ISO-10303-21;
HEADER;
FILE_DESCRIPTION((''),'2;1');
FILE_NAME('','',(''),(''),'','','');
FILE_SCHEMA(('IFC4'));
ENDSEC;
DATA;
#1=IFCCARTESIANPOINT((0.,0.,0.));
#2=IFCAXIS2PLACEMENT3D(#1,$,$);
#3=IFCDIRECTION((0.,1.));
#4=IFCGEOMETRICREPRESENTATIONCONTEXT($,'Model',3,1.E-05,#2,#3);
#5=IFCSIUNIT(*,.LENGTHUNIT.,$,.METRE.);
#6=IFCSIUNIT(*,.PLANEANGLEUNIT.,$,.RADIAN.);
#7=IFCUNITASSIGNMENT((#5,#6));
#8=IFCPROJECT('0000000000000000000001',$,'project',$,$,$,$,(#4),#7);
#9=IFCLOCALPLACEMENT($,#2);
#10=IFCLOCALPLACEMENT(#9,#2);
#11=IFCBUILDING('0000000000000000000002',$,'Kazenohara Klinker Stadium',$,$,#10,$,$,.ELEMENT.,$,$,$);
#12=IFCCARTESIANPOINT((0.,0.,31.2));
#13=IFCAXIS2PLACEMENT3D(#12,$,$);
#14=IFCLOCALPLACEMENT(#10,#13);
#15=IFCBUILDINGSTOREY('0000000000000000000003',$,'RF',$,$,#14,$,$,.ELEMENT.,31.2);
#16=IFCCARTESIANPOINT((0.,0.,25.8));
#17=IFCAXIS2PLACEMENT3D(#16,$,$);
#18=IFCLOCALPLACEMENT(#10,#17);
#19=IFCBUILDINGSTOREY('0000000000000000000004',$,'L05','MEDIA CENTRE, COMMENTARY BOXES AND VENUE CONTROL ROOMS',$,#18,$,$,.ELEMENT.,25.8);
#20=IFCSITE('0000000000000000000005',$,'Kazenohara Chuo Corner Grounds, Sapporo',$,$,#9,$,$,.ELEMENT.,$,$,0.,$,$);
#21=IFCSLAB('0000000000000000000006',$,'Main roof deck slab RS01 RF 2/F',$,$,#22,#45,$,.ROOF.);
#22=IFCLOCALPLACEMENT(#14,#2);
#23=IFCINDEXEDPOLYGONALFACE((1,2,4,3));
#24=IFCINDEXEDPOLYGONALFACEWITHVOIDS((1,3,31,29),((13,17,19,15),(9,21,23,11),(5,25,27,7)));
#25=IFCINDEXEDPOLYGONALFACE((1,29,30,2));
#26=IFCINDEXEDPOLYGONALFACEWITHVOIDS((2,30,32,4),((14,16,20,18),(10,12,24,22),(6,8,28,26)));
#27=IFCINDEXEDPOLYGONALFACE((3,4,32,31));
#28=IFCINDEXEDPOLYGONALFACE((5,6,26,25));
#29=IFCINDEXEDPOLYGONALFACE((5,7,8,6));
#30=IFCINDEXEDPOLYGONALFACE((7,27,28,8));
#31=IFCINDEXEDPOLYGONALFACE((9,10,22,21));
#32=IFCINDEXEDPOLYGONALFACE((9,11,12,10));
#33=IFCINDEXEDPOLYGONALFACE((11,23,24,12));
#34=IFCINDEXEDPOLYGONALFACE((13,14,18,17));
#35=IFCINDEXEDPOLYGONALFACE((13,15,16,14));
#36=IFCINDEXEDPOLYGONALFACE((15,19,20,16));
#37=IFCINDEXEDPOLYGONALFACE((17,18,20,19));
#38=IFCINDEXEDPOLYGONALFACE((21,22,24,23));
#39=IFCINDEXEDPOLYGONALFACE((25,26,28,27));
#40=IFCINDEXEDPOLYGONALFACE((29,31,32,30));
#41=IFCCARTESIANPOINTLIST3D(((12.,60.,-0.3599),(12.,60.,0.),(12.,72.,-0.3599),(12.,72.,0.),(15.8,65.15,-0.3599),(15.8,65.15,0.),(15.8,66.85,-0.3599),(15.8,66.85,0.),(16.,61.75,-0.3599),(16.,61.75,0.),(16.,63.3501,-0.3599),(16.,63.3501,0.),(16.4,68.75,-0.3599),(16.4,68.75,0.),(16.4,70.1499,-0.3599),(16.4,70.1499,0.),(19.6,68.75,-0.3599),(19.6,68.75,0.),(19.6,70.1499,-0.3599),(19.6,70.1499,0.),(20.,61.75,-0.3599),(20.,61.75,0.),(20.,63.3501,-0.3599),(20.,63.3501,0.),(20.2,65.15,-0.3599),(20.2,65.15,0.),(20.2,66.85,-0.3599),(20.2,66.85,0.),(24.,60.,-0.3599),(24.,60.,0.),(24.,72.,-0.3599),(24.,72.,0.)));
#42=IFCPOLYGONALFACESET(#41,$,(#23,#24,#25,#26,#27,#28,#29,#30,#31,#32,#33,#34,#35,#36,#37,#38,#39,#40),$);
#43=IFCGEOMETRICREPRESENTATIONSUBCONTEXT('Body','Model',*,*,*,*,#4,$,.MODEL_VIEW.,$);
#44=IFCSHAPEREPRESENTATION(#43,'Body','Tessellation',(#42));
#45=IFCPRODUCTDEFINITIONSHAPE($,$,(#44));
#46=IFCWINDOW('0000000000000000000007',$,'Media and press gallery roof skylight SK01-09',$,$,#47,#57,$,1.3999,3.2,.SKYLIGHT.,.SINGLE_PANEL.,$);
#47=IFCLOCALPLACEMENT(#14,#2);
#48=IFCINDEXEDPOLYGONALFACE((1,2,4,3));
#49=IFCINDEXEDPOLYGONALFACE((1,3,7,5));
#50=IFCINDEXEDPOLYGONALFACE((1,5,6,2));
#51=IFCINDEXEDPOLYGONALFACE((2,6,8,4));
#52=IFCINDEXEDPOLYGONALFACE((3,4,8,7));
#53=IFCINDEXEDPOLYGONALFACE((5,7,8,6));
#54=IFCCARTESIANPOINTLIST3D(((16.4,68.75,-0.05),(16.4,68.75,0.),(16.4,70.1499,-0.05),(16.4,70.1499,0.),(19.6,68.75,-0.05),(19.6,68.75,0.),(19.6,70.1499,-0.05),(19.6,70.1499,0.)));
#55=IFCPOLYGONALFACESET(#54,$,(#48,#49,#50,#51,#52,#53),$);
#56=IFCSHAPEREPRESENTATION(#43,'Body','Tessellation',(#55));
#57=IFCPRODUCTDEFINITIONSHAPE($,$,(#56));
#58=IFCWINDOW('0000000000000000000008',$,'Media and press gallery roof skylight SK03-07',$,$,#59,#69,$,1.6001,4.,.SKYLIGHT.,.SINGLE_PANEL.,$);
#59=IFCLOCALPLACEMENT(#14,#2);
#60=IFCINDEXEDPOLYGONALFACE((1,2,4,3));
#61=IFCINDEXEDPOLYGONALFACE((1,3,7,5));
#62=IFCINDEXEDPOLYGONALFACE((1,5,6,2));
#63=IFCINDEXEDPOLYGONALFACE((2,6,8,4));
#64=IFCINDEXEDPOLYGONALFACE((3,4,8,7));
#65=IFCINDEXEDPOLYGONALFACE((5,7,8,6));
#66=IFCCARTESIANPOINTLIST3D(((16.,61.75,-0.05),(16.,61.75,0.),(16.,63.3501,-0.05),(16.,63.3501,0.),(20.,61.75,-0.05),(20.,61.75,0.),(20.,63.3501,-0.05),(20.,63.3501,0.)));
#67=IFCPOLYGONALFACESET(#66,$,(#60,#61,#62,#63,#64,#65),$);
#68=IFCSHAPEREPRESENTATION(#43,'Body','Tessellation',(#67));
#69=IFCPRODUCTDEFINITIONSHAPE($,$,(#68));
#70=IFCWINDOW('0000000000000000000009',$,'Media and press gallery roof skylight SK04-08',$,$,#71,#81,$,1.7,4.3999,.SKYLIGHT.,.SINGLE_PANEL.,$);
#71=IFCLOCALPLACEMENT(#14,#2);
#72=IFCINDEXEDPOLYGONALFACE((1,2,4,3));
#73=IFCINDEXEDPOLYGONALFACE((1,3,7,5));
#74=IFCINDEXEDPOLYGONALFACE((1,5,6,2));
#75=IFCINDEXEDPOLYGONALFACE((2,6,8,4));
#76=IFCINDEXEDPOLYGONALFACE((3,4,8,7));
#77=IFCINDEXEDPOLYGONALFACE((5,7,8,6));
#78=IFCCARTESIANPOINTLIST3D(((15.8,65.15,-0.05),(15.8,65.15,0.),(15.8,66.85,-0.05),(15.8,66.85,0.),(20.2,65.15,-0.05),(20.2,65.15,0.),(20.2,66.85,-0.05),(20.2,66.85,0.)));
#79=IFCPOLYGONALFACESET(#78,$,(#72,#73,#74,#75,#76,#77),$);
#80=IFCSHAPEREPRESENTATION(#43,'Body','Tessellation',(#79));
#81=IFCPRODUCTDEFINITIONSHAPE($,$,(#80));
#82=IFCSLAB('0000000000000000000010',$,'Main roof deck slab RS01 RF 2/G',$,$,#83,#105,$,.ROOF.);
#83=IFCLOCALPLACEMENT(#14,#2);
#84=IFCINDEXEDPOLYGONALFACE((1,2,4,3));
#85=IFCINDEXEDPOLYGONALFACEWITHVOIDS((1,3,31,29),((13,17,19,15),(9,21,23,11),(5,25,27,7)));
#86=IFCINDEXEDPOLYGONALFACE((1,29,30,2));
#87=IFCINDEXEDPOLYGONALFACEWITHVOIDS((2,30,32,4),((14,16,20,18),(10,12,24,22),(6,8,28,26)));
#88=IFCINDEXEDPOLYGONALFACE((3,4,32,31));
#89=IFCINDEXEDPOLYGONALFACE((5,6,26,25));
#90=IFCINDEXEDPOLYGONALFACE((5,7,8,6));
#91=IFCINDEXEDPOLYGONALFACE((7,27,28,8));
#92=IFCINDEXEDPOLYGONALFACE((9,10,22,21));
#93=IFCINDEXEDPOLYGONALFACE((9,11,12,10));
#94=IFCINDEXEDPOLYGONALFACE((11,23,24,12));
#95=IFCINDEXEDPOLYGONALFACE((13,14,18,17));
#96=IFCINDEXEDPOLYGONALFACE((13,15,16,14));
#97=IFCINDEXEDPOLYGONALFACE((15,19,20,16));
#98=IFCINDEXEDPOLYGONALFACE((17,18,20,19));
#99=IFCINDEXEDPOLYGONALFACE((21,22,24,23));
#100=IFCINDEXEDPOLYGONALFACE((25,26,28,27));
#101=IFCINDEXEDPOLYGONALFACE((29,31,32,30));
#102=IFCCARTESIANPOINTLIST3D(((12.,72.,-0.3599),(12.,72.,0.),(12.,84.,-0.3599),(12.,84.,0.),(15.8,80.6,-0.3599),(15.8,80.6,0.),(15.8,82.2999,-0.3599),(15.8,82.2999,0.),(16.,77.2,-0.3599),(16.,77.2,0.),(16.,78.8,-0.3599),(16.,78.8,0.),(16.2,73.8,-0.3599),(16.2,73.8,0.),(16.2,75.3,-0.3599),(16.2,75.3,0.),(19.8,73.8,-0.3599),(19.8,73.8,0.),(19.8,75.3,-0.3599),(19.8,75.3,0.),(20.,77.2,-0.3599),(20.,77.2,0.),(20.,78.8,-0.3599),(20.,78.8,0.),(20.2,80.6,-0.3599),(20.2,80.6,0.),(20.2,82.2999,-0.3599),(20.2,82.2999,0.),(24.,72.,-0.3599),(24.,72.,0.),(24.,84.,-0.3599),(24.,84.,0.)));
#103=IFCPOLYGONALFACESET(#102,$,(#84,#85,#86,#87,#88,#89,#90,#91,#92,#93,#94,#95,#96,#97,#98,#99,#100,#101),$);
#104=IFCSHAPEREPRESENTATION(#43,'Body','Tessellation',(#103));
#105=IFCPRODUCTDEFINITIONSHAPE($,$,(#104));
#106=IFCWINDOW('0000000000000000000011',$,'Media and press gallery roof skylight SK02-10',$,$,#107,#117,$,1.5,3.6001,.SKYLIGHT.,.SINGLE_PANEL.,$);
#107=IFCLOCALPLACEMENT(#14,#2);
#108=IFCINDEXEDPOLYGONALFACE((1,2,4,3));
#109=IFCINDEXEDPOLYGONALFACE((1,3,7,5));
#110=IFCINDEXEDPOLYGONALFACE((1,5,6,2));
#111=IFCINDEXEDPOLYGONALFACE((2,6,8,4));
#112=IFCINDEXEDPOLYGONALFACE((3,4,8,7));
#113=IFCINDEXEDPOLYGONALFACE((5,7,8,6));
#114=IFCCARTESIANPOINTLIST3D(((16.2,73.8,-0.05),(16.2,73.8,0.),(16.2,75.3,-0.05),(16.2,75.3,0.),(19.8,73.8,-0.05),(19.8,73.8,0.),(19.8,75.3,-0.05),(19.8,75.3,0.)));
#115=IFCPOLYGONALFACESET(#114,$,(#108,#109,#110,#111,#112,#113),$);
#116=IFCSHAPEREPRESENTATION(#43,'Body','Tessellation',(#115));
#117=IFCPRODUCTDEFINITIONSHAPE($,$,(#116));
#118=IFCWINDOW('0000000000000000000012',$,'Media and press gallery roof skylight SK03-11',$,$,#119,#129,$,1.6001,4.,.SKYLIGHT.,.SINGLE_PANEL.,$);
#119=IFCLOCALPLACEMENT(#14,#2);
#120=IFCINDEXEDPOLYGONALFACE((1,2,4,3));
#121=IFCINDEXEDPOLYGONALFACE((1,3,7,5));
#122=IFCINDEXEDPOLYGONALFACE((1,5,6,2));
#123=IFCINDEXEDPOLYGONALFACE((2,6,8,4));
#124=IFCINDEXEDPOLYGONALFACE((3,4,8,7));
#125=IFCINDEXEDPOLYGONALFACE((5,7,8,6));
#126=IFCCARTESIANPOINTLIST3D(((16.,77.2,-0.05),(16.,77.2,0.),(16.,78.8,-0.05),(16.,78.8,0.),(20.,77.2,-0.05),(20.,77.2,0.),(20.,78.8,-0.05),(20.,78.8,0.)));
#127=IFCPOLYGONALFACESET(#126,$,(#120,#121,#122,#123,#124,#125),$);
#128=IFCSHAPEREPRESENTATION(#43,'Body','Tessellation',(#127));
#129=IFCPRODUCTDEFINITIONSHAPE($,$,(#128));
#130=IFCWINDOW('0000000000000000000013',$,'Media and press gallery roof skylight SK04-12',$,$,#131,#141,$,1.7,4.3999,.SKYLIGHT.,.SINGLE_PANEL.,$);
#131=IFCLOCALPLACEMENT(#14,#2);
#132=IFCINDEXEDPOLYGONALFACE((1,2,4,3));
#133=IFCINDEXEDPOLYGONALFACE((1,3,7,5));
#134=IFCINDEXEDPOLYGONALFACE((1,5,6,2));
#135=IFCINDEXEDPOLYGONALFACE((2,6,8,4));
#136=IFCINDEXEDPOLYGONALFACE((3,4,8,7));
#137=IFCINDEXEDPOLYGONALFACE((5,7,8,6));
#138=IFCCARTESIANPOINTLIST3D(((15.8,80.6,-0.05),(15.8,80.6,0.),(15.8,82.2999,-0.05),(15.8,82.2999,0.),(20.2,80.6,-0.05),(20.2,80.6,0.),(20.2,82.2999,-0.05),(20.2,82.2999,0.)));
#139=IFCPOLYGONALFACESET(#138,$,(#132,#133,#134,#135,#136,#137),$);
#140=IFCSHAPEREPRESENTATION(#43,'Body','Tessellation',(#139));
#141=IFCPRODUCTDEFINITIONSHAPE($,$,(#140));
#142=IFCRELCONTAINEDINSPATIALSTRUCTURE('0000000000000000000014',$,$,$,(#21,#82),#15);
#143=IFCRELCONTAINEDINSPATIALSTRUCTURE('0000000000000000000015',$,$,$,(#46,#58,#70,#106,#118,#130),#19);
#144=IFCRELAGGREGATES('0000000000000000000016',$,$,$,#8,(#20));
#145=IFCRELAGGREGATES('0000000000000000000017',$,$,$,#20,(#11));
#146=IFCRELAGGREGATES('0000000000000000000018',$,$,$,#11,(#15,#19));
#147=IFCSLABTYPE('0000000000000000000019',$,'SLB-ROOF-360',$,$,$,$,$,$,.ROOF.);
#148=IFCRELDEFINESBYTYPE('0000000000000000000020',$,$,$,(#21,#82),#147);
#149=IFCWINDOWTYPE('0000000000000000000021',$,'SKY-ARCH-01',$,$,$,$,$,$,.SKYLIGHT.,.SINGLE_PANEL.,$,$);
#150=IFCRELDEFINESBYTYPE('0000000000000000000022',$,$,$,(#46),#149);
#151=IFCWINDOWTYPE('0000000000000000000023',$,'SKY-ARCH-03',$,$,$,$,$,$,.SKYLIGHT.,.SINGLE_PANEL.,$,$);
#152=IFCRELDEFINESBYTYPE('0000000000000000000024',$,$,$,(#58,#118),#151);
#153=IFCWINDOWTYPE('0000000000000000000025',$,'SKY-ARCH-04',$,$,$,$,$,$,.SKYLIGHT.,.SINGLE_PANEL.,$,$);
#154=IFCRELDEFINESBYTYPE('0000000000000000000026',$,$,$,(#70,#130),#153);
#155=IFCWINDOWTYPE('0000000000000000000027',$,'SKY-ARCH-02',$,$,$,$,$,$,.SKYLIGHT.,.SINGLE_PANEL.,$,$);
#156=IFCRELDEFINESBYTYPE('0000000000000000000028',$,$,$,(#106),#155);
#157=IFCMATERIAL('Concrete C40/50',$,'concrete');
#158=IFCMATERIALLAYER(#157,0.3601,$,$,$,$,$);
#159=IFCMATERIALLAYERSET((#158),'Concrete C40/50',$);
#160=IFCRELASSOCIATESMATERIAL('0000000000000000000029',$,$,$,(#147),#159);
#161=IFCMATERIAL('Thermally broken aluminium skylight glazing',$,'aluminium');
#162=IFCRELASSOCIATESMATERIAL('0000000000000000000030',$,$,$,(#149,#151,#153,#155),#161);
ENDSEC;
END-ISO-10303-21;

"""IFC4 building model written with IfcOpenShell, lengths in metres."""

from ifc_helpers import new_model, si_unit, direction, frame, origin, origin_2d, place, context, subcontext, project, spatial, polyline, rectangle, outline, extrude, material, layer, layer_set, type_object, element, fill, save


model = new_model("IFC4")

# Units and contexts
model_context = context("Model", 3, precision=1e-05, world=origin(), true_north=direction((0.0, 1.0)))
body_context = subcontext(model_context, "Body", "Model", "MODEL_VIEW")
ifc_project = project(units=[si_unit("LENGTHUNIT", "METRE"), si_unit("PLANEANGLEUNIT", "RADIAN")], contexts=[model_context])

# Site, building, storey
site_placement = place(None, origin())
site = spatial("IfcSite", under=ifc_project, at=site_placement, Name="Kazenohara Chuo Corner Grounds, Sapporo", CompositionType="ELEMENT", RefElevation=0.0)
building_placement = place(site_placement, origin())
building = spatial("IfcBuilding", under=site, at=building_placement, Name="Kazenohara Klinker Stadium", CompositionType="ELEMENT")
storey_1_placement = place(building_placement, frame((0.0, 0.0, 31.2)))
storey_1 = spatial("IfcBuildingStorey", under=building, at=storey_1_placement, Name="RF", CompositionType="ELEMENT", Elevation=31.2)

# Slab, openings
ifc_material_1 = material(Name="Concrete C40/50", Category="concrete")
ifc_layer = layer(ifc_material_1, 0.3601)
ifc_layer_set = layer_set([ifc_layer], Name="Concrete C40/50")
slab_type = type_object("IfcSlabType", Name="SLB-ROOF-360", PredefinedType="ROOF", material=ifc_layer_set)
slab_1_placement = place(storey_1_placement, frame((0.0, 0.0, -0.3599)))
slab_1 = element("IfcSlab", 1, at=slab_1_placement, inside=storey_1, type_object=slab_type, Name="Main roof deck slab RS01 RF 2/F", PredefinedType="ROOF", context=body_context, shape_type="SweptSolid", body=[
    extrude(outline(polyline([(12.0, 60.0), (24.0, 60.0), (24.0, 72.0), (12.0, 72.0), (12.0, 60.0)])), origin(), (0.0, 0.0, 1.0), 0.3599),
])
opening_1_placement = place(slab_1_placement, frame((18.0, 62.55, 0.0)))
opening_1 = element("IfcOpeningElement", 2, at=opening_1_placement, cuts=slab_1, PredefinedType="OPENING", context=body_context, shape_type="SweptSolid", body=[
    extrude(rectangle(XDim=4.0, YDim=1.6001, at=origin_2d()), origin(), (0.0, 0.0, 1.0), 0.3599),
])
opening_2_placement = place(slab_1_placement, frame((18.0, 66.0, 0.0)))
opening_2 = element("IfcOpeningElement", 3, at=opening_2_placement, cuts=slab_1, PredefinedType="OPENING", context=body_context, shape_type="SweptSolid", body=[
    extrude(rectangle(XDim=4.3999, YDim=1.7, at=origin_2d()), origin(), (0.0, 0.0, 1.0), 0.3599),
])
opening_3_placement = place(slab_1_placement, frame((18.0, 69.45, 0.0)))
opening_3 = element("IfcOpeningElement", 4, at=opening_3_placement, cuts=slab_1, PredefinedType="OPENING", context=body_context, shape_type="SweptSolid", body=[
    extrude(rectangle(XDim=3.2, YDim=1.3999, at=origin_2d()), origin(), (0.0, 0.0, 1.0), 0.3599),
])

# Shared definitions
storey_2_placement = place(building_placement, frame((0.0, 0.0, 25.8)))
storey_2 = spatial("IfcBuildingStorey", under=building, at=storey_2_placement, Name="L05", Description="MEDIA CENTRE, COMMENTARY BOXES AND VENUE CONTROL ROOMS", CompositionType="ELEMENT", Elevation=25.8)

# Windows
ifc_material_2 = material(Name="Thermally broken aluminium skylight glazing", Category="aluminium")
window_type_1 = type_object("IfcWindowType", Name="SKY-ARCH-01", PartitioningType="SINGLE_PANEL", PredefinedType="SKYLIGHT", material=ifc_material_2)
window_1_placement = place(opening_3_placement, frame((0.0, 0.0, 0.3098)))
window_1 = element("IfcWindow", 5, at=window_1_placement, inside=storey_2, type_object=window_type_1, Name="Media and press gallery roof skylight SK01-09", OverallHeight=1.3999, OverallWidth=3.2, PartitioningType="SINGLE_PANEL", PredefinedType="SKYLIGHT", context=body_context, shape_type="SweptSolid", body=[
    extrude(rectangle(XDim=3.2, YDim=1.3999, at=origin_2d()), origin(), (0.0, 0.0, 1.0), 0.05),
])
fill(opening_3, window_1)
window_type_2 = type_object("IfcWindowType", Name="SKY-ARCH-03", PartitioningType="SINGLE_PANEL", PredefinedType="SKYLIGHT", material=ifc_material_2)
window_2_placement = place(opening_1_placement, frame((0.0, 0.0, 0.3098)))
window_2 = element("IfcWindow", 6, at=window_2_placement, inside=storey_2, type_object=window_type_2, Name="Media and press gallery roof skylight SK03-07", OverallHeight=1.6001, OverallWidth=4.0, PartitioningType="SINGLE_PANEL", PredefinedType="SKYLIGHT", context=body_context, shape_type="SweptSolid", body=[
    extrude(rectangle(XDim=4.0, YDim=1.6001, at=origin_2d()), origin(), (0.0, 0.0, 1.0), 0.05),
])
fill(opening_1, window_2)
window_type_3 = type_object("IfcWindowType", Name="SKY-ARCH-04", PartitioningType="SINGLE_PANEL", PredefinedType="SKYLIGHT", material=ifc_material_2)
window_3_placement = place(opening_2_placement, frame((0.0, 0.0, 0.3098)))
window_3 = element("IfcWindow", 7, at=window_3_placement, inside=storey_2, type_object=window_type_3, Name="Media and press gallery roof skylight SK04-08", OverallHeight=1.7, OverallWidth=4.3999, PartitioningType="SINGLE_PANEL", PredefinedType="SKYLIGHT", context=body_context, shape_type="SweptSolid", body=[
    extrude(rectangle(XDim=4.3999, YDim=1.7, at=origin_2d()), origin(), (0.0, 0.0, 1.0), 0.05),
])
fill(opening_2, window_3)

# Slab, openings, windows
slab_2_placement = place(storey_1_placement, frame((0.0, 0.0, -0.3599)))
slab_2 = element("IfcSlab", 8, at=slab_2_placement, inside=storey_1, type_object=slab_type, Name="Main roof deck slab RS01 RF 2/G", PredefinedType="ROOF", context=body_context, shape_type="SweptSolid", body=[
    extrude(outline(polyline([(12.0, 72.0), (24.0, 72.0), (24.0, 84.0), (12.0, 84.0), (12.0, 72.0)])), origin(), (0.0, 0.0, 1.0), 0.3599),
])
opening_4_placement = place(slab_2_placement, frame((18.0, 74.55, 0.0)))
opening_4 = element("IfcOpeningElement", 9, at=opening_4_placement, cuts=slab_2, PredefinedType="OPENING", context=body_context, shape_type="SweptSolid", body=[
    extrude(rectangle(XDim=3.6001, YDim=1.5, at=origin_2d()), origin(), (0.0, 0.0, 1.0), 0.3599),
])
opening_5_placement = place(slab_2_placement, frame((18.0, 78.0, 0.0)))
opening_5 = element("IfcOpeningElement", 10, at=opening_5_placement, cuts=slab_2, PredefinedType="OPENING", context=body_context, shape_type="SweptSolid", body=[
    extrude(rectangle(XDim=4.0, YDim=1.6001, at=origin_2d()), origin(), (0.0, 0.0, 1.0), 0.3599),
])
opening_6_placement = place(slab_2_placement, frame((18.0, 81.45, 0.0)))
opening_6 = element("IfcOpeningElement", 11, at=opening_6_placement, cuts=slab_2, PredefinedType="OPENING", context=body_context, shape_type="SweptSolid", body=[
    extrude(rectangle(XDim=4.3999, YDim=1.7, at=origin_2d()), origin(), (0.0, 0.0, 1.0), 0.3599),
])
window_type_4 = type_object("IfcWindowType", Name="SKY-ARCH-02", PartitioningType="SINGLE_PANEL", PredefinedType="SKYLIGHT", material=ifc_material_2)
window_4_placement = place(opening_4_placement, frame((0.0, 0.0, 0.3098)))
window_4 = element("IfcWindow", 12, at=window_4_placement, inside=storey_2, type_object=window_type_4, Name="Media and press gallery roof skylight SK02-10", OverallHeight=1.5, OverallWidth=3.6001, PartitioningType="SINGLE_PANEL", PredefinedType="SKYLIGHT", context=body_context, shape_type="SweptSolid", body=[
    extrude(rectangle(XDim=3.6001, YDim=1.5, at=origin_2d()), origin(), (0.0, 0.0, 1.0), 0.05),
])
fill(opening_4, window_4)
window_5_placement = place(opening_5_placement, frame((0.0, 0.0, 0.3098)))
window_5 = element("IfcWindow", 13, at=window_5_placement, inside=storey_2, type_object=window_type_2, Name="Media and press gallery roof skylight SK03-11", OverallHeight=1.6001, OverallWidth=4.0, PartitioningType="SINGLE_PANEL", PredefinedType="SKYLIGHT", context=body_context, shape_type="SweptSolid", body=[
    extrude(rectangle(XDim=4.0, YDim=1.6001, at=origin_2d()), origin(), (0.0, 0.0, 1.0), 0.05),
])
fill(opening_5, window_5)
window_6_placement = place(opening_6_placement, frame((0.0, 0.0, 0.3098)))
window_6 = element("IfcWindow", 14, at=window_6_placement, inside=storey_2, type_object=window_type_3, Name="Media and press gallery roof skylight SK04-12", OverallHeight=1.7, OverallWidth=4.3999, PartitioningType="SINGLE_PANEL", PredefinedType="SKYLIGHT", context=body_context, shape_type="SweptSolid", body=[
    extrude(rectangle(XDim=4.3999, YDim=1.7, at=origin_2d()), origin(), (0.0, 0.0, 1.0), 0.05),
])
fill(opening_6, window_6)

save(model, "model.ifc")
